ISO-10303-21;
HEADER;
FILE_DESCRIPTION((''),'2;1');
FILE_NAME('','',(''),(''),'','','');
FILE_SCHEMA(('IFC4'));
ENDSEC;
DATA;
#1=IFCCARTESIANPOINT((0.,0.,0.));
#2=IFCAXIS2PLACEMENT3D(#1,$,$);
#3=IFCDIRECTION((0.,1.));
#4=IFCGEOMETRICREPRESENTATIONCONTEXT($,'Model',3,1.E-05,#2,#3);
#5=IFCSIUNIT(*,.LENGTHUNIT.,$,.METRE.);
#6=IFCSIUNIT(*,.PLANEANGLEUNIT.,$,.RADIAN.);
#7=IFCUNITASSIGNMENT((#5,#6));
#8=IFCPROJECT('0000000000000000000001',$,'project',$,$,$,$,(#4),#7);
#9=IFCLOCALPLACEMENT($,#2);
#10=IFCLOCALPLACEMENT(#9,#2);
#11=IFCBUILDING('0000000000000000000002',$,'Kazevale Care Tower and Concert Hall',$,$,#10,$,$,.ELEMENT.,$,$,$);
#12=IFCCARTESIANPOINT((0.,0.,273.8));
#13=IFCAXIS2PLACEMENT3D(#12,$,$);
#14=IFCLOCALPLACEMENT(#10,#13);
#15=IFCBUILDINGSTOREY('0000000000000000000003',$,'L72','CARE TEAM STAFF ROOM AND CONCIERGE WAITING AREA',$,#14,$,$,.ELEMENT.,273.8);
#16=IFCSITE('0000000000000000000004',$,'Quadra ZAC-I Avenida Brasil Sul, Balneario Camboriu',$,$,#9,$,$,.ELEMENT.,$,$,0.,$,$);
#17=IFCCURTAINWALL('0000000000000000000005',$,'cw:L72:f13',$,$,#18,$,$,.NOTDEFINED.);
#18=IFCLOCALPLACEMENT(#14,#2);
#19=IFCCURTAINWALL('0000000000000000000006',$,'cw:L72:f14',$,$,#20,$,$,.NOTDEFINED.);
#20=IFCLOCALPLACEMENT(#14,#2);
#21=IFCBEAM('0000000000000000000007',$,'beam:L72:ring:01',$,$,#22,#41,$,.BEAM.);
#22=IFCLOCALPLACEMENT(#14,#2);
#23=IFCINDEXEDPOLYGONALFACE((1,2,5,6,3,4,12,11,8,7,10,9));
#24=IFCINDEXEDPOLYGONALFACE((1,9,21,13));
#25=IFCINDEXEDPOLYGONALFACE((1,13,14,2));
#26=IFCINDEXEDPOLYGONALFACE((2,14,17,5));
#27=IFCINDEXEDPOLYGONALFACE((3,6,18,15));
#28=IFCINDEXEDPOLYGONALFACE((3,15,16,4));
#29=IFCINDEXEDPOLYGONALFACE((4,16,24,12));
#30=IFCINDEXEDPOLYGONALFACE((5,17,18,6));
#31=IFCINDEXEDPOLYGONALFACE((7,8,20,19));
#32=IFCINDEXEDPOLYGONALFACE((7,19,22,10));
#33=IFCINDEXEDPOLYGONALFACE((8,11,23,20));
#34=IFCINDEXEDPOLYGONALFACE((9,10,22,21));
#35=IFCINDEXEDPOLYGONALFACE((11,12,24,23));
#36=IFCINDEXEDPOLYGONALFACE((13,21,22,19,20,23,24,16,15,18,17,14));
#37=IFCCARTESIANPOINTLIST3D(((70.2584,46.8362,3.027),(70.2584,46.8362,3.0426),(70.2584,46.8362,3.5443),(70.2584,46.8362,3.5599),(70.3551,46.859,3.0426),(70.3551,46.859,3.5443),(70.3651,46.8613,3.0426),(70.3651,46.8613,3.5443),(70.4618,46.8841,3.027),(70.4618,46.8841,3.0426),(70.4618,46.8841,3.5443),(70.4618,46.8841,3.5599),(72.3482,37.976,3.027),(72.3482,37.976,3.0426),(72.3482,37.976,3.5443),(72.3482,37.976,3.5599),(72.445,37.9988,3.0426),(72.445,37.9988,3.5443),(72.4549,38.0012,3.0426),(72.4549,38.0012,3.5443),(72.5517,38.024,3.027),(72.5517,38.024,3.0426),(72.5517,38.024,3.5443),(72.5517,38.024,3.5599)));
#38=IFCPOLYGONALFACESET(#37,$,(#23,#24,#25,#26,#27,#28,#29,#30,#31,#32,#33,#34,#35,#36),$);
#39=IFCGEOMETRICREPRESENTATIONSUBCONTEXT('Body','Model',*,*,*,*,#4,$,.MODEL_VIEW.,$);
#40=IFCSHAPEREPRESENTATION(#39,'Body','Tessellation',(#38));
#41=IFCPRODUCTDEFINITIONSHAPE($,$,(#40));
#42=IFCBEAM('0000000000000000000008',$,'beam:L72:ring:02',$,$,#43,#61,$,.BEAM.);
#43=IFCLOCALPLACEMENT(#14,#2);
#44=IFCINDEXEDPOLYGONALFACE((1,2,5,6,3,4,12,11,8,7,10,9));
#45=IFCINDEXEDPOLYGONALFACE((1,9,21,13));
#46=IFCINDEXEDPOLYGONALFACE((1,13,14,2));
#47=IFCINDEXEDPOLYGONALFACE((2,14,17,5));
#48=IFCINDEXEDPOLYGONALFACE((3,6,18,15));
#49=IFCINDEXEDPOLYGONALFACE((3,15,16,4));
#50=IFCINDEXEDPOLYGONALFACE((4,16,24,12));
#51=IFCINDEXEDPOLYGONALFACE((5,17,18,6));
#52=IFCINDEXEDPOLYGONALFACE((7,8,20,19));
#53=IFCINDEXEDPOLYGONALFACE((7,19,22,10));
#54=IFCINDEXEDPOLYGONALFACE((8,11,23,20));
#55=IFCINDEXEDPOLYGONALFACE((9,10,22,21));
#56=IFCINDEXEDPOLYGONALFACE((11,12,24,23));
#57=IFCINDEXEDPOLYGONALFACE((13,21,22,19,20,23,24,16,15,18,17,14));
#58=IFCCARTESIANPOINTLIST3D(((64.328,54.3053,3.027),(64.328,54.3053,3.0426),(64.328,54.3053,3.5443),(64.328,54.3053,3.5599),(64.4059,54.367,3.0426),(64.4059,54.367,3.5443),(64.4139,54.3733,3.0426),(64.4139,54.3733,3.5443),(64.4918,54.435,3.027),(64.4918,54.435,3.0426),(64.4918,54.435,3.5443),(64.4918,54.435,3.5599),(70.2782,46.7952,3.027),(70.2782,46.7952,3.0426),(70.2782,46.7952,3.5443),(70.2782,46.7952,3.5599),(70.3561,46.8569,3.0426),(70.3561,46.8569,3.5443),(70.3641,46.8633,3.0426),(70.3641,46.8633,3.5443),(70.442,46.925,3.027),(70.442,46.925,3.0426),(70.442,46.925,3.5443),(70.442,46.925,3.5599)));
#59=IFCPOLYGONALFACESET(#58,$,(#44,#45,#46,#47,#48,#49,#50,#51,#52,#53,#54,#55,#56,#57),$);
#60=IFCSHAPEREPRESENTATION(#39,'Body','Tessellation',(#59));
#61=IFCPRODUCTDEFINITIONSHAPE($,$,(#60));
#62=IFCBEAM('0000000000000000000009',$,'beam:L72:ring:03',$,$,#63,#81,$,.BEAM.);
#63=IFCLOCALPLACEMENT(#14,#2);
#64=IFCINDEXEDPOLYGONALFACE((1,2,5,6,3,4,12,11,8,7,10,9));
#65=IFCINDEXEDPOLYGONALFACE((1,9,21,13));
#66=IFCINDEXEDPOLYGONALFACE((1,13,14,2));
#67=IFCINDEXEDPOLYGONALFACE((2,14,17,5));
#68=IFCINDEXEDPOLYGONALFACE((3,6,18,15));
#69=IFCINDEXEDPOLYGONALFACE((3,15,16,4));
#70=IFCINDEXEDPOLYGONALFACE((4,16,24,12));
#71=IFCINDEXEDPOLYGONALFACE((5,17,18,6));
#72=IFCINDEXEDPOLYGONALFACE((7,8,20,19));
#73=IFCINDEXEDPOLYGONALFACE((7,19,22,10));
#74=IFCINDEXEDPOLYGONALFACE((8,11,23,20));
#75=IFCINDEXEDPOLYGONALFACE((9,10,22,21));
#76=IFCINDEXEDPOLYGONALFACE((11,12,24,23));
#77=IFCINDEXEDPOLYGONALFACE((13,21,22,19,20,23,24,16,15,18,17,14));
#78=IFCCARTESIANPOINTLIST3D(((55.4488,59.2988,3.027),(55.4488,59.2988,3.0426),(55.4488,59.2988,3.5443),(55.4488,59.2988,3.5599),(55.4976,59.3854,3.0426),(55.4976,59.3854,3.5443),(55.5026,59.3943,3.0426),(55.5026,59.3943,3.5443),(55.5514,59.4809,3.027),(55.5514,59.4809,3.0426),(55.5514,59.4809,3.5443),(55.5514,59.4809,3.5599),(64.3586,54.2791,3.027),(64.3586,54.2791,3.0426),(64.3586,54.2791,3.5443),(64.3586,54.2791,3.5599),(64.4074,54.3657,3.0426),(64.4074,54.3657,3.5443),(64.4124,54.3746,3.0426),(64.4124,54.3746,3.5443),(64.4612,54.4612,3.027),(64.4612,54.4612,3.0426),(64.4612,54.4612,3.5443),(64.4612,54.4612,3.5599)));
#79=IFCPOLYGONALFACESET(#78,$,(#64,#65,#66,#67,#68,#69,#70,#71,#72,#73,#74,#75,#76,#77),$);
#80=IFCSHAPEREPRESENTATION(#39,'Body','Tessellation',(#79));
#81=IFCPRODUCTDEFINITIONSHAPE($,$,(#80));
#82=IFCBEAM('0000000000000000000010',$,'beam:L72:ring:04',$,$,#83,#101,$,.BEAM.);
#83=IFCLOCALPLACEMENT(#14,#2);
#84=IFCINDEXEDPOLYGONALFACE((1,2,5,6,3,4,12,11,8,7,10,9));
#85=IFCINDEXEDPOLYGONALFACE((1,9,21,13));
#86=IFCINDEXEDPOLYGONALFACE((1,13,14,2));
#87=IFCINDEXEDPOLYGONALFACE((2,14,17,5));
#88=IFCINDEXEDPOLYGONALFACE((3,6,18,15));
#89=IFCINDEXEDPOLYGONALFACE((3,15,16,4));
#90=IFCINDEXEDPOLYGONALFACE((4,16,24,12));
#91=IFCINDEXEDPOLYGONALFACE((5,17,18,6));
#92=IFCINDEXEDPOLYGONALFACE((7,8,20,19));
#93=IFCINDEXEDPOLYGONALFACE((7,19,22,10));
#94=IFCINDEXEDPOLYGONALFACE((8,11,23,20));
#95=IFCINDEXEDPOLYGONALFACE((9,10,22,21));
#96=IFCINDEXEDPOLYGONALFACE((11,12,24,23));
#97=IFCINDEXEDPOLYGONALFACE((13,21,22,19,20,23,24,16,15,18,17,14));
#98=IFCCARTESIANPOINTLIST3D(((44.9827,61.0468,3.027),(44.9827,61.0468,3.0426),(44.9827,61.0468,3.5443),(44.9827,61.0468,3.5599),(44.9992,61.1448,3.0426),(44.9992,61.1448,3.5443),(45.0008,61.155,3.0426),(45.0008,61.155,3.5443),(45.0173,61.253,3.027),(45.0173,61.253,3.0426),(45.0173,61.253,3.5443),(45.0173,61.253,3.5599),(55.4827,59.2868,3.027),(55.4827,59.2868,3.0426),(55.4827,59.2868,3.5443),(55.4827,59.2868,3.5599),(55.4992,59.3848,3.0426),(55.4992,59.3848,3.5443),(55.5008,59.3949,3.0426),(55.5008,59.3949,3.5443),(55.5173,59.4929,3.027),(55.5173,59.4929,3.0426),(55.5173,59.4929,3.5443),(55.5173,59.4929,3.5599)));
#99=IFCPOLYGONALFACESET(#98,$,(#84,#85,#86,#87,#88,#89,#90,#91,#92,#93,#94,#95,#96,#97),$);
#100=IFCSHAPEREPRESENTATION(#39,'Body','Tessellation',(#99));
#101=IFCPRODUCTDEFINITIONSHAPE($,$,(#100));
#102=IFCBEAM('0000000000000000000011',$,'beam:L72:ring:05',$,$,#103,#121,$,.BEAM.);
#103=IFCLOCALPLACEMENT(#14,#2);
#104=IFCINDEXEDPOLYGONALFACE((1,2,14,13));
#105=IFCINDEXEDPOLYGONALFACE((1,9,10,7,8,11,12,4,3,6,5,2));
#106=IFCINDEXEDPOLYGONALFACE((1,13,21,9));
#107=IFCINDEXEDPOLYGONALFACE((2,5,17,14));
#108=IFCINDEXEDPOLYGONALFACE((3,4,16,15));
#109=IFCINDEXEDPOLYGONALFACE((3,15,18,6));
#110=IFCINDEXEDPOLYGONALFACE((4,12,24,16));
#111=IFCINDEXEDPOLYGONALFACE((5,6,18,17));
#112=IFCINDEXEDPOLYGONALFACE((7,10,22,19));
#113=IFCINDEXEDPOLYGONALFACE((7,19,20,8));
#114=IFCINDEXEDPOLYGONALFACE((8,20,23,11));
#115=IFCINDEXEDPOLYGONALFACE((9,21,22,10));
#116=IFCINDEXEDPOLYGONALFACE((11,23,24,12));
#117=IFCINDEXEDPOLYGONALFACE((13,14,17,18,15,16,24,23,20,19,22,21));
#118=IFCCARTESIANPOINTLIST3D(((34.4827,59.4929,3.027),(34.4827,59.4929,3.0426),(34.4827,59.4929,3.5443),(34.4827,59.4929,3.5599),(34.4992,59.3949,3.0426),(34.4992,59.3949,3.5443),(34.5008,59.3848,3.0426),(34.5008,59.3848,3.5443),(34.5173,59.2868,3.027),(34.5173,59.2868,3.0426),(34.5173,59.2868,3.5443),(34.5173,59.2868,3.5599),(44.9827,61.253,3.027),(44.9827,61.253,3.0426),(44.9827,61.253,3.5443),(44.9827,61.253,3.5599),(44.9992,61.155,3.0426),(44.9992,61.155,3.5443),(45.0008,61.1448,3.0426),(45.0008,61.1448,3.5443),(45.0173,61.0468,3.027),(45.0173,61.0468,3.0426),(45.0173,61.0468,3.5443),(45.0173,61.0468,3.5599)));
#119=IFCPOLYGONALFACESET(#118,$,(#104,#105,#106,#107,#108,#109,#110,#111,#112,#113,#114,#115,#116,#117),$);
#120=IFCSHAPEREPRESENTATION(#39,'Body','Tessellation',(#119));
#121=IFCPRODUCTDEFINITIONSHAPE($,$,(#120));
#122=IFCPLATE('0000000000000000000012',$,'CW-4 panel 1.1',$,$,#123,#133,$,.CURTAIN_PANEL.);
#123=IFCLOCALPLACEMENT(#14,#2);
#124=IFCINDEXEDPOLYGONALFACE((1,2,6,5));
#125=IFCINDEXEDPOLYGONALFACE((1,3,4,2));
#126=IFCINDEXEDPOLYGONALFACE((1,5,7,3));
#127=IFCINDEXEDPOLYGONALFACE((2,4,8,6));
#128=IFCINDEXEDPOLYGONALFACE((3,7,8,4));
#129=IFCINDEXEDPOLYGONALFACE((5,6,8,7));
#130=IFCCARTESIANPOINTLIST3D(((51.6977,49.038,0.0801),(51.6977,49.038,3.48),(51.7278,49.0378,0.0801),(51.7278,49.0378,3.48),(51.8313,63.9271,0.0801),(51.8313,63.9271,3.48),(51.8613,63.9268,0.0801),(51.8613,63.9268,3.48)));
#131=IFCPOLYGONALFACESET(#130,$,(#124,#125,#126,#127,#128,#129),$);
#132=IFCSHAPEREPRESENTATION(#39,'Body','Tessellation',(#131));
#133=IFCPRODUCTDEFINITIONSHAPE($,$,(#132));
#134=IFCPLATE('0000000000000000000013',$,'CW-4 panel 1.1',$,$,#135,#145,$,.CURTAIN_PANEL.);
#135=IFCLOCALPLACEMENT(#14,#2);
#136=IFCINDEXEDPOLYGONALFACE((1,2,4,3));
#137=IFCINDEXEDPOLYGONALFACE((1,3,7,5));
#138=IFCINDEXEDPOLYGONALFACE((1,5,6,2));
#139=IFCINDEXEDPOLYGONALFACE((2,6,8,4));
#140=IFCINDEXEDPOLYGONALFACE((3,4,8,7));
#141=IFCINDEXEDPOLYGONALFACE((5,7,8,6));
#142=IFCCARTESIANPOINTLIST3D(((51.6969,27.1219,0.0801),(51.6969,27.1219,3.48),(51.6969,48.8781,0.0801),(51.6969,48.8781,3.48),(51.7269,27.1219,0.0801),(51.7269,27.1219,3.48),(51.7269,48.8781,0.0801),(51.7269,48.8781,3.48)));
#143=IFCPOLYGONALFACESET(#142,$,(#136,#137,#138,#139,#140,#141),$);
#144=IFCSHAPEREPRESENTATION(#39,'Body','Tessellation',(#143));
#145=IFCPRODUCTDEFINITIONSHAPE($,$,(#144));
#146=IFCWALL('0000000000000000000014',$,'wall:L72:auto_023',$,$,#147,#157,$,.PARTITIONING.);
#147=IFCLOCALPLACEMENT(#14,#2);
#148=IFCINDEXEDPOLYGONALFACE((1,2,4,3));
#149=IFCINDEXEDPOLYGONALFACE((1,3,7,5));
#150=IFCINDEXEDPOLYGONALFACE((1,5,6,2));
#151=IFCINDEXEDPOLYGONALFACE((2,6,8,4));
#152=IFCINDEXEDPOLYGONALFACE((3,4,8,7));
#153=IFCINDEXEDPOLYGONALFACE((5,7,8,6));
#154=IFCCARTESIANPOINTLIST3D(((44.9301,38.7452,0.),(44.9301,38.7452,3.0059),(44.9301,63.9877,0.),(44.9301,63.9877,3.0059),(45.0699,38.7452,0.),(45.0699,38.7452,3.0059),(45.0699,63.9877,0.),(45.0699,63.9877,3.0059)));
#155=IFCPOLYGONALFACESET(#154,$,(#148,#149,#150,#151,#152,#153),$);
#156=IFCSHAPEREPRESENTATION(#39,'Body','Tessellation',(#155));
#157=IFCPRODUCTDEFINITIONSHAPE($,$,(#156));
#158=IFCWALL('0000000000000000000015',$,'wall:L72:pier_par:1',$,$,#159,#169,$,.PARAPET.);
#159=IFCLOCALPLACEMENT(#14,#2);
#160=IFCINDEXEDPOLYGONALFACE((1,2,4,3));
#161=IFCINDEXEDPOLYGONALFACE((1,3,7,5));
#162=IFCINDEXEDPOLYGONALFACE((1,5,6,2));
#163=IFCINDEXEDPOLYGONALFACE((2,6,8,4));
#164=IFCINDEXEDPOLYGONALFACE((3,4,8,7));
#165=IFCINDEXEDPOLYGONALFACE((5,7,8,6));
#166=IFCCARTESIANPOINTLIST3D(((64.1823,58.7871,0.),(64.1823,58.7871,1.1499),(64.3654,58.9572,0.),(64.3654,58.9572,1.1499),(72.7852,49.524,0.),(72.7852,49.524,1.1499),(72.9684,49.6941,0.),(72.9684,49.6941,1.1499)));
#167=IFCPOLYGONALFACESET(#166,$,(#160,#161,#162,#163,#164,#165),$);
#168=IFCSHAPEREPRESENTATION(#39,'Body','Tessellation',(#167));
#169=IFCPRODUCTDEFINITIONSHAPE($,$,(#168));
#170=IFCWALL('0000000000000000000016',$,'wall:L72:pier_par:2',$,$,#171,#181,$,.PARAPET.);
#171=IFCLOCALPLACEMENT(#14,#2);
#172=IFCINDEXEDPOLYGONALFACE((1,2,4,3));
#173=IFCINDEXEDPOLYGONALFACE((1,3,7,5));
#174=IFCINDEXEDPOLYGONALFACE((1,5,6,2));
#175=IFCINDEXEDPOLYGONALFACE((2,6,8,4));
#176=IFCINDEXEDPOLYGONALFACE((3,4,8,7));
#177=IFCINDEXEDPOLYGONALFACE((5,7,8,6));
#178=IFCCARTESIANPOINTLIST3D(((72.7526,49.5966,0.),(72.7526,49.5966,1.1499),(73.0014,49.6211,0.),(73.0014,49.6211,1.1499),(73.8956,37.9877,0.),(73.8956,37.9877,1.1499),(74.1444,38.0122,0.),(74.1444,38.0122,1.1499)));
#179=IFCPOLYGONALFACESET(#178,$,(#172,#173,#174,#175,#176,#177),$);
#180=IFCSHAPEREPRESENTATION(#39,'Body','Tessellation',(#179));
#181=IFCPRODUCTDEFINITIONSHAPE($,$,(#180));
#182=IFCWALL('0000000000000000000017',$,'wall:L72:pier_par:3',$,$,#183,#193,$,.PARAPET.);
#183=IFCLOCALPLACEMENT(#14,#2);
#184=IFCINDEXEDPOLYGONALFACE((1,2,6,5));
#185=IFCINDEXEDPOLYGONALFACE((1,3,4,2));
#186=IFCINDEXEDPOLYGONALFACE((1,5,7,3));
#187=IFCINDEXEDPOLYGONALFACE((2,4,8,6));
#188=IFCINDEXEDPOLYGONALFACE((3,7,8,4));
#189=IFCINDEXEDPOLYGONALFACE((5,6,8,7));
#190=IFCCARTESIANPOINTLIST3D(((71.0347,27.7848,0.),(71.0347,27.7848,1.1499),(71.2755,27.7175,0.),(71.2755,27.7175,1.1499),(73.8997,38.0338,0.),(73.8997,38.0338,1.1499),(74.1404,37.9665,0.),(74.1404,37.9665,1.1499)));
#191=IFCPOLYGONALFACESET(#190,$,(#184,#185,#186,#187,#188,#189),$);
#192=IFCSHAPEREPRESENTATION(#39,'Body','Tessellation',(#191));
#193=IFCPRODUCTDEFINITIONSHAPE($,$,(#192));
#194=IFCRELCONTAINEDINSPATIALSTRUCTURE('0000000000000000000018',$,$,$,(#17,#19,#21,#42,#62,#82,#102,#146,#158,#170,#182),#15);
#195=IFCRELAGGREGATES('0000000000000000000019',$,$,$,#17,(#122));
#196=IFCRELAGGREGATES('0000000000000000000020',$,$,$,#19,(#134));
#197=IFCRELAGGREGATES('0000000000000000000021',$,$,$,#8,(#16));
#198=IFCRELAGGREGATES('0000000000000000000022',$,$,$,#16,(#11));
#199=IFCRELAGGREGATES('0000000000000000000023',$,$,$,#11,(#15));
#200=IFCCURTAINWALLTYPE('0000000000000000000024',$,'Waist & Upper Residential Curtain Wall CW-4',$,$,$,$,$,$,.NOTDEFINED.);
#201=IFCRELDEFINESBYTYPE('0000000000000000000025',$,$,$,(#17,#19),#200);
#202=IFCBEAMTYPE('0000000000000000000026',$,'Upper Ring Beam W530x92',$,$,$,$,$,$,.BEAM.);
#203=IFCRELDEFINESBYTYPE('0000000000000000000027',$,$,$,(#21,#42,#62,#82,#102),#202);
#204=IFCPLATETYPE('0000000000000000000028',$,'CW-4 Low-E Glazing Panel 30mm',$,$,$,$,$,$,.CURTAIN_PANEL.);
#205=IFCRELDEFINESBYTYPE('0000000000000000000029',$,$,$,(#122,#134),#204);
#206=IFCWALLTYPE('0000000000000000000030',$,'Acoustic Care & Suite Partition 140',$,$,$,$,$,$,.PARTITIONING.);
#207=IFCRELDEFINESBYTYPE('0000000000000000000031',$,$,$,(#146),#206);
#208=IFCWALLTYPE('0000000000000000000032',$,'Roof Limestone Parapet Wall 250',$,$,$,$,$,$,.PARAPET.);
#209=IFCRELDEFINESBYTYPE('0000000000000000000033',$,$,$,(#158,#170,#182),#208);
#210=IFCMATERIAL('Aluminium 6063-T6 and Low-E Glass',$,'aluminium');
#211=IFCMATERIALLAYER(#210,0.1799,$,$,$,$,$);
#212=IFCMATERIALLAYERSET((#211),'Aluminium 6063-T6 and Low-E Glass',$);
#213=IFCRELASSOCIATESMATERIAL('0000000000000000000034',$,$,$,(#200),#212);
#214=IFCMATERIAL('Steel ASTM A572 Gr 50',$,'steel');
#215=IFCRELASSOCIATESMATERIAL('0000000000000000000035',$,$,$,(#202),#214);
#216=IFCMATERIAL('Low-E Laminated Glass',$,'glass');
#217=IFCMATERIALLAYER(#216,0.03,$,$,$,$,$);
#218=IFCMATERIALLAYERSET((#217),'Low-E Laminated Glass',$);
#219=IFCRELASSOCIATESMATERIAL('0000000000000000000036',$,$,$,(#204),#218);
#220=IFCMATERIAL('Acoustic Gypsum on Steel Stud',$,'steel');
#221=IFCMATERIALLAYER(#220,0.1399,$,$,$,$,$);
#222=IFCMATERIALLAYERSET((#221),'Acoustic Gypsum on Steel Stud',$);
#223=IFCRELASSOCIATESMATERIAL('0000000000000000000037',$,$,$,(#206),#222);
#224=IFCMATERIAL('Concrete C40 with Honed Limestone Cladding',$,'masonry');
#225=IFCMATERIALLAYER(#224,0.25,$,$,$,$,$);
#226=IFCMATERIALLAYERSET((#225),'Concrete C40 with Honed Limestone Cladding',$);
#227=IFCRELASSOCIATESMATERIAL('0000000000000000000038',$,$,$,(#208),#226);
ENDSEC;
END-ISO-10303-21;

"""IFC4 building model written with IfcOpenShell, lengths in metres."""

from ifc_helpers import new_model, si_unit, direction, frame, frame_2d, origin, origin_2d, place, context, subcontext, project, spatial, rectangle, i_section, extrude, material, layer, layer_set, material_profile, profile_set, type_object, element, aggregate, save


model = new_model("IFC4")

# Units and contexts
model_context = context("Model", 3, precision=1e-05, world=origin(), true_north=direction((0.0, 1.0)))
body_context = subcontext(model_context, "Body", "Model", "MODEL_VIEW")
ifc_project = project(units=[si_unit("LENGTHUNIT", "METRE"), si_unit("PLANEANGLEUNIT", "RADIAN")], contexts=[model_context])

# Site, building, storey
site_placement = place(None, origin())
site = spatial("IfcSite", under=ifc_project, at=site_placement, Name="Quadra ZAC-I Avenida Brasil Sul, Balneario Camboriu", CompositionType="ELEMENT", RefElevation=0.0)
building_placement = place(site_placement, origin())
building = spatial("IfcBuilding", under=site, at=building_placement, Name="Kazevale Care Tower and Concert Hall", CompositionType="ELEMENT")
storey_placement = place(building_placement, frame((0.0, 0.0, 273.8)))
storey = spatial("IfcBuildingStorey", under=building, at=storey_placement, Name="L72", Description="CARE TEAM STAFF ROOM AND CONCIERGE WAITING AREA", CompositionType="ELEMENT", Elevation=273.8)

# Shared definitions
ifc_material_1 = material(Name="Aluminium 6063-T6 and Low-E Glass", Category="aluminium")
ifc_layer_1 = layer(ifc_material_1, 0.1799)
ifc_layer_set_1 = layer_set([ifc_layer_1], Name="Aluminium 6063-T6 and Low-E Glass")
curtain_wall_type = type_object("IfcCurtainWallType", Name="Waist & Upper Residential Curtain Wall CW-4", PredefinedType="NOTDEFINED", material=ifc_layer_set_1)

# Curtain wall
curtain_wall_1_placement = place(storey_placement, origin())
curtain_wall_1 = element("IfcCurtainWall", 1, at=curtain_wall_1_placement, inside=storey, type_object=curtain_wall_type, Name="cw:L72:f13", PredefinedType="NOTDEFINED")

# Curtain wall
curtain_wall_2_placement = place(storey_placement, origin())
curtain_wall_2 = element("IfcCurtainWall", 2, at=curtain_wall_2_placement, inside=storey, type_object=curtain_wall_type, Name="cw:L72:f14", PredefinedType="NOTDEFINED")

# Beams
ifc_material_2 = material(Name="Steel ASTM A572 Gr 50", Category="steel")
ifc_material_profile_1 = material_profile(ifc_material_2, i_section(OverallWidth=0.209, OverallDepth=0.533, WebThickness=0.0103, FlangeThickness=0.0156, at=origin_2d()), Name="W530x92")
ifc_profile_set_1 = profile_set([ifc_material_profile_1], Name="Steel ASTM A572 Gr 50")
beam_type_1 = type_object("IfcBeamType", Name="Upper Ring Beam W530x92", PredefinedType="BEAM", material=ifc_profile_set_1)
beam_1_placement = place(storey_placement, frame((72.45, 38.0, 3.2935), z_axis=(-0.229571, 0.973292, 0.0), x_axis=(-0.973292, -0.229571, 0.0)))
element("IfcBeam", 3, at=beam_1_placement, inside=storey, type_object=beam_type_1, Name="beam:L72:ring:01", PredefinedType="BEAM", context=body_context, shape_type="SweptSolid", body=[
    extrude(i_section(OverallWidth=0.209, OverallDepth=0.533, WebThickness=0.0103, FlangeThickness=0.0156, at=origin_2d()), origin(), (0.0, 0.0, 1.0), 9.1033),
])
beam_2_placement = place(storey_placement, frame((70.3601, 46.8601, 3.2935), z_axis=(-0.621009, 0.783803, 0.0), x_axis=(-0.783803, -0.621009, 0.0)))
element("IfcBeam", 4, at=beam_2_placement, inside=storey, type_object=beam_type_1, Name="beam:L72:ring:02", PredefinedType="BEAM", context=body_context, shape_type="SweptSolid", body=[
    extrude(i_section(OverallWidth=0.209, OverallDepth=0.533, WebThickness=0.0103, FlangeThickness=0.0156, at=origin_2d()), origin(), (0.0, 0.0, 1.0), 9.5815),
])
beam_3_placement = place(storey_placement, frame((64.4099, 54.3701, 3.2935), z_axis=(-0.871243, 0.490852, 0.0), x_axis=(-0.490852, -0.871243, 0.0)))
element("IfcBeam", 5, at=beam_3_placement, inside=storey, type_object=beam_type_1, Name="beam:L72:ring:03", PredefinedType="BEAM", context=body_context, shape_type="SweptSolid", body=[
    extrude(i_section(OverallWidth=0.209, OverallDepth=0.533, WebThickness=0.0103, FlangeThickness=0.0156, at=origin_2d()), origin(), (0.0, 0.0, 1.0), 10.2266),
])
for number, where, z_axis, x_axis, name in (
    (6, (55.5, 59.3899, 3.2935), (-0.986241, 0.165314, 0.0), (-0.165314, -0.986241, 0.0), "beam:L72:ring:04"),
    (7, (45.0, 61.1499, 3.2935), (-0.986241, -0.165314, 0.0), (0.165314, -0.986241, 0.0), "beam:L72:ring:05"),
):
    element("IfcBeam", number, at=place(storey_placement, frame(where, z_axis=z_axis, x_axis=x_axis)), inside=storey, type_object=beam_type_1, Name=name, PredefinedType="BEAM", context=body_context, shape_type="SweptSolid", body=[
        extrude(i_section(OverallWidth=0.209, OverallDepth=0.533, WebThickness=0.0103, FlangeThickness=0.0156, at=origin_2d()), origin(), (0.0, 0.0, 1.0), 10.6465),
    ])

# Plates
ifc_material_3 = material(Name="Low-E Laminated Glass", Category="glass")
ifc_layer_2 = layer(ifc_material_3, 0.03)
ifc_layer_set_2 = layer_set([ifc_layer_2], Name="Low-E Laminated Glass")
plate_type = type_object("IfcPlateType", Name="CW-4 Low-E Glazing Panel 30mm", PredefinedType="CURTAIN_PANEL", material=ifc_layer_set_2)
plate_1_placement = place(storey_placement, frame((51.7795, 56.4824, 0.0801), z_axis=(0.0, 0.0, 1.0), x_axis=(-0.00897, -0.99996, 0.0)))
plate_1 = element("IfcPlate", 8, at=plate_1_placement, type_object=plate_type, Name="CW-4 panel 1.1", PredefinedType="CURTAIN_PANEL", context=body_context, shape_type="SweptSolid", body=[
    extrude(rectangle(XDim=14.8896, YDim=0.03, at=origin_2d()), origin(), (0.0, 0.0, 1.0), 3.3999),
])
aggregate(curtain_wall_1, [plate_1])
plate_2_placement = place(storey_placement, frame((51.7119, 38.0, 0.0801), z_axis=(0.0, 0.0, 1.0), x_axis=(0.0, -1.0, 0.0)))
plate_2 = element("IfcPlate", 9, at=plate_2_placement, type_object=plate_type, Name="CW-4 panel 1.1", PredefinedType="CURTAIN_PANEL", context=body_context, shape_type="SweptSolid", body=[
    extrude(rectangle(XDim=21.7561, YDim=0.03, at=origin_2d()), origin(), (0.0, 0.0, 1.0), 3.3999),
])
aggregate(curtain_wall_2, [plate_2])

# Walls
ifc_material_4 = material(Name="Acoustic Gypsum on Steel Stud", Category="steel")
ifc_layer_3 = layer(ifc_material_4, 0.1399)
ifc_layer_set_3 = layer_set([ifc_layer_3], Name="Acoustic Gypsum on Steel Stud")
wall_type_1 = type_object("IfcWallType", Name="Acoustic Care & Suite Partition 140", PredefinedType="PARTITIONING", material=ifc_layer_set_3)
wall_1_placement = place(storey_placement, frame((45.0, 63.9875, 0.0), z_axis=(0.0, 0.0, 1.0), x_axis=(0.0, -1.0, 0.0)))
element("IfcWall", 10, at=wall_1_placement, inside=storey, type_object=wall_type_1, Name="wall:L72:auto_023", PredefinedType="PARTITIONING", context=body_context, shape_type="SweptSolid", body=[
    extrude(rectangle(XDim=25.2424, YDim=0.1399, at=frame_2d((12.6211, 0.0))), origin(), (0.0, 0.0, 1.0), 3.0059),
])
ifc_material_5 = material(Name="Concrete C40 with Honed Limestone Cladding", Category="masonry")
ifc_layer_4 = layer(ifc_material_5, 0.25)
ifc_layer_set_4 = layer_set([ifc_layer_4], Name="Concrete C40 with Honed Limestone Cladding")
wall_type_2 = type_object("IfcWallType", Name="Roof Limestone Parapet Wall 250", PredefinedType="PARAPET", material=ifc_layer_set_4)
wall_2_placement = place(storey_placement, frame((64.2739, 58.8721, 0.0), z_axis=(0.0, 0.0, 1.0), x_axis=(0.680515, -0.732734, 0.0)))
element("IfcWall", 11, at=wall_2_placement, inside=storey, type_object=wall_type_2, Name="wall:L72:pier_par:1", PredefinedType="PARAPET", context=body_context, shape_type="SweptSolid", body=[
    extrude(rectangle(XDim=12.6418, YDim=0.25, at=frame_2d((6.3208, 0.0))), origin(), (0.0, 0.0, 1.0), 1.1499),
])
wall_3_placement = place(storey_placement, frame((72.877, 49.6089, 0.0), z_axis=(0.0, 0.0, 1.0), x_axis=(0.097991, -0.995187, 0.0)))
element("IfcWall", 12, at=wall_3_placement, inside=storey, type_object=wall_type_2, Name="wall:L72:pier_par:2", PredefinedType="PARAPET", context=body_context, shape_type="SweptSolid", body=[
    extrude(rectangle(XDim=11.665, YDim=0.25, at=frame_2d((5.8325, 0.0))), origin(), (0.0, 0.0, 1.0), 1.1499),
])
wall_4_placement = place(storey_placement, frame((74.02, 38.0, 0.0), z_axis=(0.0, 0.0, 1.0), x_axis=(-0.269217, -0.963079, 0.0)))
element("IfcWall", 13, at=wall_4_placement, inside=storey, type_object=wall_type_2, Name="wall:L72:pier_par:3", PredefinedType="PARAPET", context=body_context, shape_type="SweptSolid", body=[
    extrude(rectangle(XDim=10.6418, YDim=0.25, at=frame_2d((5.3208, 0.0))), origin(), (0.0, 0.0, 1.0), 1.1499),
])

save(model, "model.ifc")
